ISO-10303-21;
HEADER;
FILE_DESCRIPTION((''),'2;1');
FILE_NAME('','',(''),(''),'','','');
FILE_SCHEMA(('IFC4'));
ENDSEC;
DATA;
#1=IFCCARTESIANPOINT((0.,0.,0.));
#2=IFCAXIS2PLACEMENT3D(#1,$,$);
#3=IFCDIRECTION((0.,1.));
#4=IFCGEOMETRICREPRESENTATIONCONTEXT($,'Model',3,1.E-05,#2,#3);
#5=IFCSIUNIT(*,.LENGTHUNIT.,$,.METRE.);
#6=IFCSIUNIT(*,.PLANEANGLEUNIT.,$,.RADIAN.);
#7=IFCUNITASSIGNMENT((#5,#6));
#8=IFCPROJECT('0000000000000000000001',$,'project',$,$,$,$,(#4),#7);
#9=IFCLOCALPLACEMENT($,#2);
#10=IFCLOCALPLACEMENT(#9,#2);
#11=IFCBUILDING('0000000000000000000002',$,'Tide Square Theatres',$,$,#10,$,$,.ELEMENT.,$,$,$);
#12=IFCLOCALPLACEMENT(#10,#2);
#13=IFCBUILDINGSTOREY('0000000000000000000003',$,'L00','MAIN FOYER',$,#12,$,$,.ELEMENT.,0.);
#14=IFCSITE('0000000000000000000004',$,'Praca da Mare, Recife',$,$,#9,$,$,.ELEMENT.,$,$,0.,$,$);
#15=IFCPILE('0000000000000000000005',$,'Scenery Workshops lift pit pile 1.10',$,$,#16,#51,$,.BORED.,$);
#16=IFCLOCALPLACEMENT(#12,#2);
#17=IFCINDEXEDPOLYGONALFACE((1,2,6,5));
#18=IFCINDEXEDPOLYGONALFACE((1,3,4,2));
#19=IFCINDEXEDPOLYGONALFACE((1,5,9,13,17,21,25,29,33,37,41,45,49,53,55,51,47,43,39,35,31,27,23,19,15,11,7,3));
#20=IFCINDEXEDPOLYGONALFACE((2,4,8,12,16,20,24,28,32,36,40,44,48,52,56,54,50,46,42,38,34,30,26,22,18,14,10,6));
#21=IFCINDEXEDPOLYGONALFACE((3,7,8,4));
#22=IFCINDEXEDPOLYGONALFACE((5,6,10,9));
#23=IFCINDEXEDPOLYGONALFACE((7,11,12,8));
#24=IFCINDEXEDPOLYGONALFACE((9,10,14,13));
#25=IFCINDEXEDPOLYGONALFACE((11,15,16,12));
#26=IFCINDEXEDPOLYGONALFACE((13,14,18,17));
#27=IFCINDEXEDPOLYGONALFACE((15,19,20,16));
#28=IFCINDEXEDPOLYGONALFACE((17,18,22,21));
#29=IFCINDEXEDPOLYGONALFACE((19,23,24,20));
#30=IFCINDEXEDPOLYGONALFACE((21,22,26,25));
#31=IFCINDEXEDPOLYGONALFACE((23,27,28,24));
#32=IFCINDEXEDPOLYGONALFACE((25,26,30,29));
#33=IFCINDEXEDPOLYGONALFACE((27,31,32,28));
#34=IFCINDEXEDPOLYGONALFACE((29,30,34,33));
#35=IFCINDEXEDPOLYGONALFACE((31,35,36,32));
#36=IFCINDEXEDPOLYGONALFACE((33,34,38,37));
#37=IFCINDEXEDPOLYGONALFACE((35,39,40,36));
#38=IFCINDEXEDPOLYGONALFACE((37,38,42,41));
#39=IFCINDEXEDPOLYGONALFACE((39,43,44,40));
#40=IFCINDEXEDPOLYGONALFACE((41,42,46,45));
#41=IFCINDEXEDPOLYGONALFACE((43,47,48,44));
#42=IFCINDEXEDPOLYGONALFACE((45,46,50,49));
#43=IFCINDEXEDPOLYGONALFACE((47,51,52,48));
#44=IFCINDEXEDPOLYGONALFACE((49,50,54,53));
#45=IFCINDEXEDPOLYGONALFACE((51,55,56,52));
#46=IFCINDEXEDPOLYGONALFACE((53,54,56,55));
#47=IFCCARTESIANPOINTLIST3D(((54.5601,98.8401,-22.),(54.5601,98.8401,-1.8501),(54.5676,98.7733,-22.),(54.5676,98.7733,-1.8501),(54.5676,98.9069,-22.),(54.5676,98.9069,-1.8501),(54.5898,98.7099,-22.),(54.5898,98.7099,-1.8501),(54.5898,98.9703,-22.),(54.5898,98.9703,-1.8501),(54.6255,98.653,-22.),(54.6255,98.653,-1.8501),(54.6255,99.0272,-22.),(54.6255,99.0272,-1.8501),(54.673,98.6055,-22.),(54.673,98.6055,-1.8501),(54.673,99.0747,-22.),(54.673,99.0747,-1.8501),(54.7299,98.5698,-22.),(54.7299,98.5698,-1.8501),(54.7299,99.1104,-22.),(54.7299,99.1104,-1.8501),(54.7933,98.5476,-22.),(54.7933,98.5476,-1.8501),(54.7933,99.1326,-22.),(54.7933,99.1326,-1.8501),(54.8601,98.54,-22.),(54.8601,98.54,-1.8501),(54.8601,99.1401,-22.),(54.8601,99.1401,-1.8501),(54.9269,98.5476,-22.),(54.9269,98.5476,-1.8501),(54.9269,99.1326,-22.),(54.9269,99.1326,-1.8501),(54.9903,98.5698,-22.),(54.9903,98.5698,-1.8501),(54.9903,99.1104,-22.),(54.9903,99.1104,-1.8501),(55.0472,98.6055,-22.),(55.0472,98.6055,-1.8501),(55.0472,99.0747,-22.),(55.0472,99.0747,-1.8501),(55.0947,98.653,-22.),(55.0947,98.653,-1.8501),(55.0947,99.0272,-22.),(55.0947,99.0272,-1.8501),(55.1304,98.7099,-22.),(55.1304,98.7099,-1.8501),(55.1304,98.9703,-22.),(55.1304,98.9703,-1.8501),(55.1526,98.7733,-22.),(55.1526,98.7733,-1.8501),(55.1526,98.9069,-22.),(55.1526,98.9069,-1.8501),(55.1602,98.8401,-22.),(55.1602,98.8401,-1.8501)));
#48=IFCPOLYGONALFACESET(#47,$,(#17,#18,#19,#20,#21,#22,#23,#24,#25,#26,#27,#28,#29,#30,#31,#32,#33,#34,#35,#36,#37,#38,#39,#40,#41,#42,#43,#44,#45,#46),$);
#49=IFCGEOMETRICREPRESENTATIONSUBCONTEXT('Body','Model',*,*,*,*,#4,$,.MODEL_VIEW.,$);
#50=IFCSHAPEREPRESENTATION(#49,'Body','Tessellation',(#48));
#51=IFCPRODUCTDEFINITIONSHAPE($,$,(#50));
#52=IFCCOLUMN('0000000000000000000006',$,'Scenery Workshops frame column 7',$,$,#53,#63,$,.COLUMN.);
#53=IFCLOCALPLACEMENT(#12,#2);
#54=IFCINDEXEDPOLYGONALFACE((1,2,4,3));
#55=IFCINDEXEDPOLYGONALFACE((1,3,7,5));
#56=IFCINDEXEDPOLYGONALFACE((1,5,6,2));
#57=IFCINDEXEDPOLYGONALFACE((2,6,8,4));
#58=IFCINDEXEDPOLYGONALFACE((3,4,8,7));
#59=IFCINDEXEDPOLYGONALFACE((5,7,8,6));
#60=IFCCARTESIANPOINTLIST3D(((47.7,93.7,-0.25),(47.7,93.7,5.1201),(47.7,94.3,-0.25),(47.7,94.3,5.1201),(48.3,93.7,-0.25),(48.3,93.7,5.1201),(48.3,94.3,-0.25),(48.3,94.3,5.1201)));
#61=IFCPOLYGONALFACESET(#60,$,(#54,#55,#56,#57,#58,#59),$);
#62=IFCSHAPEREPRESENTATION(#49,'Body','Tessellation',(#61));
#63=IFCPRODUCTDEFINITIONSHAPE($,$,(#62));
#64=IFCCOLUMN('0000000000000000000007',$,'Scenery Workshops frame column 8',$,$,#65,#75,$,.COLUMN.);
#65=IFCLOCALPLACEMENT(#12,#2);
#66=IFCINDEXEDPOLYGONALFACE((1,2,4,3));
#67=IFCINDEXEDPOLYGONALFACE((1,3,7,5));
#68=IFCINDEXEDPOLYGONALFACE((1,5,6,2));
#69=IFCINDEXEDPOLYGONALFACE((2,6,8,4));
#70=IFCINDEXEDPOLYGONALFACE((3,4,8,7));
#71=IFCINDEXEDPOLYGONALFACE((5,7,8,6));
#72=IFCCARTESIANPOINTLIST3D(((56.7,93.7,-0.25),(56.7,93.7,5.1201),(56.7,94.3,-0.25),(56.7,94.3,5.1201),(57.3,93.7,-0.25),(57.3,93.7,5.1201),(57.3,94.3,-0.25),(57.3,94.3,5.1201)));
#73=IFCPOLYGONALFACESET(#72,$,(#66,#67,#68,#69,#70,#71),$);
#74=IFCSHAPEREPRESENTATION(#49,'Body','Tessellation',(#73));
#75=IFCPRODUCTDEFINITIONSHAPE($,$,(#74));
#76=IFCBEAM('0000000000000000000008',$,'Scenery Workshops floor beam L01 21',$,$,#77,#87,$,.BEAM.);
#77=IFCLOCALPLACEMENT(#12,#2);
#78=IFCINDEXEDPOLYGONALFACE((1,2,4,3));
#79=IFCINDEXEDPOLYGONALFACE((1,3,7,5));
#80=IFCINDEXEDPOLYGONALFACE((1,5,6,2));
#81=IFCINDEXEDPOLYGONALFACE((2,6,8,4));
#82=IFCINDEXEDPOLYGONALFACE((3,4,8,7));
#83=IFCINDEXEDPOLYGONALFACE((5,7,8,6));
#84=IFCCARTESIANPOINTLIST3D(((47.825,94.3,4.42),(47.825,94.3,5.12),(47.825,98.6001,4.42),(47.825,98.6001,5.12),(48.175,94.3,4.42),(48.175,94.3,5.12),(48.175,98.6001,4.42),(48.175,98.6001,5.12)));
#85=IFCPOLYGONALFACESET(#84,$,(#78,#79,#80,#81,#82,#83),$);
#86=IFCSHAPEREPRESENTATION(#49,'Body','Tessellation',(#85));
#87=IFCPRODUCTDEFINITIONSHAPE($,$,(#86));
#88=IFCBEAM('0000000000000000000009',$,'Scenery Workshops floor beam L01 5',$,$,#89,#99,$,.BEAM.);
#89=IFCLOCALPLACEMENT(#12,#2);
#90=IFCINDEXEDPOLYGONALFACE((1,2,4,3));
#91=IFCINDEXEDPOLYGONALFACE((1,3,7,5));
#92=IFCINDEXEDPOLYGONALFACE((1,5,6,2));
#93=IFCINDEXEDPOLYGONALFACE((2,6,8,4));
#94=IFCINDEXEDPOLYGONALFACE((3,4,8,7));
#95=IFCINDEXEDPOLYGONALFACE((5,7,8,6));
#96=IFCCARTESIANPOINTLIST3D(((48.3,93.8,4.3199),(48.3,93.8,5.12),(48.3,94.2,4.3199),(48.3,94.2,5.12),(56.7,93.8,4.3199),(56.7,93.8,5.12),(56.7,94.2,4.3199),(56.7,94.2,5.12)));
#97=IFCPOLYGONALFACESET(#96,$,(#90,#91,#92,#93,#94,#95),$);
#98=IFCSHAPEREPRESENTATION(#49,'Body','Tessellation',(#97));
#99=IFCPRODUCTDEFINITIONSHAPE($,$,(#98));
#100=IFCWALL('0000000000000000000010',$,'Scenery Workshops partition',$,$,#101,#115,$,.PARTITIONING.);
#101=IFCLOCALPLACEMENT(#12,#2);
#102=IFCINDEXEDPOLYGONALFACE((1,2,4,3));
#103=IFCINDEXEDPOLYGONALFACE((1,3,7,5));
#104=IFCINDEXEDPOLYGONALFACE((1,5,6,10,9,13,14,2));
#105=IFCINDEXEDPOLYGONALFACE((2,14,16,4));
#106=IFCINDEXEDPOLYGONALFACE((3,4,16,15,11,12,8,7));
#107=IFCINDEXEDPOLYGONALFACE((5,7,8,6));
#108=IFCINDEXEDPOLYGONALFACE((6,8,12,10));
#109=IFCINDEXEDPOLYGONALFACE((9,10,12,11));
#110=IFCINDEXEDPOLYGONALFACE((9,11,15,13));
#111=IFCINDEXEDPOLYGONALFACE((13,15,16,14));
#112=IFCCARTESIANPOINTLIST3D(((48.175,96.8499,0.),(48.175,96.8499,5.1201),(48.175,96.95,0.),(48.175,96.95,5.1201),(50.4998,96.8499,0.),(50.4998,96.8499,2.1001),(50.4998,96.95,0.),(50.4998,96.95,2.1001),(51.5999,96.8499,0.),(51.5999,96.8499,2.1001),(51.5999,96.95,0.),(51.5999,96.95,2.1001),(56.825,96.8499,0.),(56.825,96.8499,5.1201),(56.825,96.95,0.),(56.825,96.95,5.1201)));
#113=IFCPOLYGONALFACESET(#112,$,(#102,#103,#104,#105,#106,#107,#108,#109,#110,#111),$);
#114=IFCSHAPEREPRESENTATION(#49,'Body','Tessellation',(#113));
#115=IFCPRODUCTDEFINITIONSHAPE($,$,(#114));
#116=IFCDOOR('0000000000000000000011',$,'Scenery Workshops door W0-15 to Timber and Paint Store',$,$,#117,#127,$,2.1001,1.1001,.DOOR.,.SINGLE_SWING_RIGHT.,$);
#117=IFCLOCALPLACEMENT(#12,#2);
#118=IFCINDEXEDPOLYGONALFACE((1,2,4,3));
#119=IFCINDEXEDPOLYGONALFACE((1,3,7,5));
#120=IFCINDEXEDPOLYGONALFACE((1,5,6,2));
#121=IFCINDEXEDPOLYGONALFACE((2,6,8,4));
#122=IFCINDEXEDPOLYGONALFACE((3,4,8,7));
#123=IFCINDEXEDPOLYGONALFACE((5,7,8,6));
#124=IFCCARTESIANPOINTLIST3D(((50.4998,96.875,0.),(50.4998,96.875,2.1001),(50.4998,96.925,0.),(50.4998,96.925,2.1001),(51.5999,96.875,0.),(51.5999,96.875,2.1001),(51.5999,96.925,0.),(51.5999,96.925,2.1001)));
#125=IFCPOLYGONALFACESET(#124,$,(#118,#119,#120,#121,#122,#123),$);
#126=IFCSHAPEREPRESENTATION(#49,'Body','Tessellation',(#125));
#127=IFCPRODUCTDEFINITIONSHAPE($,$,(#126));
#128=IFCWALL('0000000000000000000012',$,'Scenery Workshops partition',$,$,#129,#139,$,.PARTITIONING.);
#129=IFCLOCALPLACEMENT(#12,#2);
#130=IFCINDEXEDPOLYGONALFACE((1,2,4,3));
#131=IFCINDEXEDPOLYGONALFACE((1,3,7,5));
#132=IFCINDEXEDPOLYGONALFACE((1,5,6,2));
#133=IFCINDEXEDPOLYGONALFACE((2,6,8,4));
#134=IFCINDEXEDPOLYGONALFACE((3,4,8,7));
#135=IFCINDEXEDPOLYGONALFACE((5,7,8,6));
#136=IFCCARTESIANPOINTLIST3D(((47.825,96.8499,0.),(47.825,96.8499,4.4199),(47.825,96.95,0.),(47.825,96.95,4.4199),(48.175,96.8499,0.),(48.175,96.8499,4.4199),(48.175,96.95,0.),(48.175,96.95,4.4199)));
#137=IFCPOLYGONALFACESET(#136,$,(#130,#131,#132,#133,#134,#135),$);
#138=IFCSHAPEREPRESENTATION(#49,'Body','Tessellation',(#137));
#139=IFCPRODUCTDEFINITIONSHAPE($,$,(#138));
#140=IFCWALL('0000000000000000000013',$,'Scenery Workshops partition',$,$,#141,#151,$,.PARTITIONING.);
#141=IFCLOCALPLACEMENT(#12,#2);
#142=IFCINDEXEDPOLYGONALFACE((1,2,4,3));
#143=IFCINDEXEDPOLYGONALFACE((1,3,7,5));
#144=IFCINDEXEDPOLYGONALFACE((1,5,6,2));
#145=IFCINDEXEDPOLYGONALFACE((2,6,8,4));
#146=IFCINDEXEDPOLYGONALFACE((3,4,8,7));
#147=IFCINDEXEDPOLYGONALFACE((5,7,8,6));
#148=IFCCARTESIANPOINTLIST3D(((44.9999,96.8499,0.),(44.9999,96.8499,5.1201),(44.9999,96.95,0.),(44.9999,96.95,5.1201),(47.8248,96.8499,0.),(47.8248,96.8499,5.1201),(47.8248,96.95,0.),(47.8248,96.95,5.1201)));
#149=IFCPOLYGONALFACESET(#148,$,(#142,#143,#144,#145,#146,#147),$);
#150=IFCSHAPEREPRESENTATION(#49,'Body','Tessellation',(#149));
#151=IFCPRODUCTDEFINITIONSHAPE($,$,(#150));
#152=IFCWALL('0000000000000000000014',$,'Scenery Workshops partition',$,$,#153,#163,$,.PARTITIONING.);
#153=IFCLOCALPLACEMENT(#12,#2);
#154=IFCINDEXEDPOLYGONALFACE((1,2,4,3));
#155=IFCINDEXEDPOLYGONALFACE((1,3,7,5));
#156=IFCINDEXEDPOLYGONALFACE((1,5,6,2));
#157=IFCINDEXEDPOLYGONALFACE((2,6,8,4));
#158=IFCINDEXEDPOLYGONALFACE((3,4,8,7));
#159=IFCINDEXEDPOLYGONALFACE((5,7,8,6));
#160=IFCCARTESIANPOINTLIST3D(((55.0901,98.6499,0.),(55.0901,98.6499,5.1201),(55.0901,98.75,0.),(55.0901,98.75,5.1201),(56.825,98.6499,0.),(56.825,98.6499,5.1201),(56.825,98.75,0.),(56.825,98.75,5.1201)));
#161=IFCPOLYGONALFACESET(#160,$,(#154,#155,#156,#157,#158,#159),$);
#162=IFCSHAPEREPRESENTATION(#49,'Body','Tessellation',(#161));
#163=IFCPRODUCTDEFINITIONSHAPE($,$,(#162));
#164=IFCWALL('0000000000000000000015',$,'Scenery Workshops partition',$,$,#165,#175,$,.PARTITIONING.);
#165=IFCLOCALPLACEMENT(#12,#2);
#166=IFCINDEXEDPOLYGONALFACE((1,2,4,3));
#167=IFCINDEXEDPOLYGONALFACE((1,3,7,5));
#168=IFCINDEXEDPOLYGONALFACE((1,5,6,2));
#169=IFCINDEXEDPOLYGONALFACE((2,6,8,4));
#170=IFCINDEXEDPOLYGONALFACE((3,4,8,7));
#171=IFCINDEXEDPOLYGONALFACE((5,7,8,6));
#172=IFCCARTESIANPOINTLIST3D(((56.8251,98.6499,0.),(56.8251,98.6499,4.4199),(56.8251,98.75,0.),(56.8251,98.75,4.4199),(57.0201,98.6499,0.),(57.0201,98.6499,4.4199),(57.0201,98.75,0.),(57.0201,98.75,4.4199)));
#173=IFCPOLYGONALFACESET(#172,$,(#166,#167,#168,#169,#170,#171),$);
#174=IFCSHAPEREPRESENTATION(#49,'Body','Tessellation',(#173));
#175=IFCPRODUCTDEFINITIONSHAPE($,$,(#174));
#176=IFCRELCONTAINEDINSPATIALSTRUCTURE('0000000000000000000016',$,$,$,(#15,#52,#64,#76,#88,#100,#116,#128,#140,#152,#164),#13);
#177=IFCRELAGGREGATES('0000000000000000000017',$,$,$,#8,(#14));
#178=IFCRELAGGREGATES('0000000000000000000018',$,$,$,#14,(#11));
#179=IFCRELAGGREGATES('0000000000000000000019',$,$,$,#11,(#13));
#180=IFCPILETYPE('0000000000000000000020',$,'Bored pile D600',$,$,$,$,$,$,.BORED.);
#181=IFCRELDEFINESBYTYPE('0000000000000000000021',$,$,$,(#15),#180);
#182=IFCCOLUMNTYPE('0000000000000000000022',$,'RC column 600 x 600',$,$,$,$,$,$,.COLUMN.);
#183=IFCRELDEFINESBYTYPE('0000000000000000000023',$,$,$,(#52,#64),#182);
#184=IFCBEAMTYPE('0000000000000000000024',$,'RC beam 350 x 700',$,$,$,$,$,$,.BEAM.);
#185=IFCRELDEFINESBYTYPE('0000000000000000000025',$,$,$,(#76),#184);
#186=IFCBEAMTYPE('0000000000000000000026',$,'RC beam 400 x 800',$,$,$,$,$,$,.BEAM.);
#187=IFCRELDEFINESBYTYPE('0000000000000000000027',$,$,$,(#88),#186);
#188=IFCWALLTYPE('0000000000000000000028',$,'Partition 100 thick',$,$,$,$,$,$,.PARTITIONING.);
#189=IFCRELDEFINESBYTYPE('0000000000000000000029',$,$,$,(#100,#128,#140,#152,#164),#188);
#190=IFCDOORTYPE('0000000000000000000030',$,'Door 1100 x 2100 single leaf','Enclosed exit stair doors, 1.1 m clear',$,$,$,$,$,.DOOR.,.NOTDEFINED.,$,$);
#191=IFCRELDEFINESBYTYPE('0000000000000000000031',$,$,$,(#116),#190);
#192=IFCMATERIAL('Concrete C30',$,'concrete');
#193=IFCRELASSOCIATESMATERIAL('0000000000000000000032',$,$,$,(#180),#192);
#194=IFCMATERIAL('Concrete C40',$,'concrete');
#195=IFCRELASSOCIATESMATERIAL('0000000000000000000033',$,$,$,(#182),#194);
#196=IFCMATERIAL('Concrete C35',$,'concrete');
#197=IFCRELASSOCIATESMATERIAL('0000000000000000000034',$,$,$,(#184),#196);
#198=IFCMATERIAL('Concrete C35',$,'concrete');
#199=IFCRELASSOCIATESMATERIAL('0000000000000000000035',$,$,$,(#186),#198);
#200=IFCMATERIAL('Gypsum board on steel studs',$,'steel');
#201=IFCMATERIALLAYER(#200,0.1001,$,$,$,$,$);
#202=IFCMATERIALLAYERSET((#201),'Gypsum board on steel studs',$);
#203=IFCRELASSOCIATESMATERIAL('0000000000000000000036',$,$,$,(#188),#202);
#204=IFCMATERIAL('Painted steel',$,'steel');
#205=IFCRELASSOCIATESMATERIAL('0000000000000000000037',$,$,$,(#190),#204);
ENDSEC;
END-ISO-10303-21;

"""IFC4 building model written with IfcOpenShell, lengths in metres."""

from ifc_helpers import new_model, si_unit, direction, frame, frame_2d, origin, origin_2d, place, context, subcontext, project, spatial, rectangle, circle, extrude, material, layer, layer_set, material_profile, profile_set, type_object, element, fill, save


model = new_model("IFC4")

# Units and contexts
model_context = context("Model", 3, precision=1e-05, world=origin(), true_north=direction((0.0, 1.0)))
body_context = subcontext(model_context, "Body", "Model", "MODEL_VIEW")
ifc_project = project(units=[si_unit("LENGTHUNIT", "METRE"), si_unit("PLANEANGLEUNIT", "RADIAN")], contexts=[model_context])

# Site, building, storey
site_placement = place(None, origin())
site = spatial("IfcSite", under=ifc_project, at=site_placement, Name="Praca da Mare, Recife", CompositionType="ELEMENT", RefElevation=0.0)
building_placement = place(site_placement, origin())
building = spatial("IfcBuilding", under=site, at=building_placement, Name="Tide Square Theatres", CompositionType="ELEMENT")
storey_placement = place(building_placement, origin())
storey = spatial("IfcBuildingStorey", under=building, at=storey_placement, Name="L00", Description="MAIN FOYER", CompositionType="ELEMENT", Elevation=0.0)

# Pile
ifc_material_1 = material(Name="Concrete C30", Category="concrete")
ifc_material_profile_1 = material_profile(ifc_material_1, circle(Radius=0.3, at=origin_2d()))
ifc_profile_set_1 = profile_set([ifc_material_profile_1], Name="Concrete C30")
pile_type = type_object("IfcPileType", Name="Bored pile D600", PredefinedType="BORED", material=ifc_profile_set_1)
for number, where, z_axis, x_axis, name in (
    (1, (54.8601, 98.8401, -1.8501), (0.0, 0.0, -1.0), (1.0, 0.0, 0.0), "Scenery Workshops lift pit pile 1.10"),
):
    element("IfcPile", number, at=place(storey_placement, frame(where, z_axis=z_axis, x_axis=x_axis)), inside=storey, type_object=pile_type, Name=name, PredefinedType="BORED", context=body_context, shape_type="SweptSolid", body=[
        extrude(circle(Radius=0.3, at=origin_2d()), origin(), (0.0, 0.0, 1.0), 20.1499),
    ])

# Columns
ifc_material_2 = material(Name="Concrete C40", Category="concrete")
ifc_material_profile_2 = material_profile(ifc_material_2, rectangle(XDim=0.6001, YDim=0.6001, at=origin_2d()))
ifc_profile_set_2 = profile_set([ifc_material_profile_2], Name="Concrete C40")
column_type = type_object("IfcColumnType", Name="RC column 600 x 600", PredefinedType="COLUMN", material=ifc_profile_set_2)
for number, where, z_axis, x_axis, name in (
    (2, (48.0, 94.0, -0.25), (0.0, 0.0, 1.0), (1.0, 0.0, 0.0), "Scenery Workshops frame column 7"),
    (3, (57.0, 94.0, -0.25), (0.0, 0.0, 1.0), (1.0, 0.0, 0.0), "Scenery Workshops frame column 8"),
):
    element("IfcColumn", number, at=place(storey_placement, frame(where, z_axis=z_axis, x_axis=x_axis)), inside=storey, type_object=column_type, Name=name, PredefinedType="COLUMN", context=body_context, shape_type="SweptSolid", body=[
        extrude(rectangle(XDim=0.6001, YDim=0.6001, at=origin_2d()), origin(), (0.0, 0.0, 1.0), 5.3701),
    ])

# Beams
ifc_material_3 = material(Name="Concrete C35", Category="concrete")
ifc_material_profile_3 = material_profile(ifc_material_3, rectangle(XDim=0.3501, YDim=0.7, at=origin_2d()))
ifc_profile_set_3 = profile_set([ifc_material_profile_3], Name="Concrete C35")
beam_type_1 = type_object("IfcBeamType", Name="RC beam 350 x 700", PredefinedType="BEAM", material=ifc_profile_set_3)
beam_1_placement = place(storey_placement, frame((48.0, 94.3, 4.77), z_axis=(0.0, 1.0, 0.0), x_axis=(-1.0, 0.0, 0.0)))
element("IfcBeam", 4, at=beam_1_placement, inside=storey, type_object=beam_type_1, Name="Scenery Workshops floor beam L01 21", PredefinedType="BEAM", context=body_context, shape_type="SweptSolid", body=[
    extrude(rectangle(XDim=0.3501, YDim=0.7, at=origin_2d()), origin(), (0.0, 0.0, 1.0), 4.3),
])
ifc_material_4 = material(Name="Concrete C35", Category="concrete")
ifc_material_profile_4 = material_profile(ifc_material_4, rectangle(XDim=0.3999, YDim=0.8, at=origin_2d()))
ifc_profile_set_4 = profile_set([ifc_material_profile_4], Name="Concrete C35")
beam_type_2 = type_object("IfcBeamType", Name="RC beam 400 x 800", PredefinedType="BEAM", material=ifc_profile_set_4)
beam_2_placement = place(storey_placement, frame((48.3, 94.0, 4.72), z_axis=(1.0, 0.0, 0.0), x_axis=(0.0, 1.0, 0.0)))
element("IfcBeam", 5, at=beam_2_placement, inside=storey, type_object=beam_type_2, Name="Scenery Workshops floor beam L01 5", PredefinedType="BEAM", context=body_context, shape_type="SweptSolid", body=[
    extrude(rectangle(XDim=0.3999, YDim=0.8, at=origin_2d()), origin(), (0.0, 0.0, 1.0), 8.3999),
])

# Wall, opening, door
ifc_material_5 = material(Name="Gypsum board on steel studs", Category="steel")
ifc_layer_1 = layer(ifc_material_5, 0.1001)
ifc_layer_set_1 = layer_set([ifc_layer_1], Name="Gypsum board on steel studs")
wall_type_1 = type_object("IfcWallType", Name="Partition 100 thick", PredefinedType="PARTITIONING", material=ifc_layer_set_1)
wall_1_placement = place(storey_placement, frame((56.825, 96.8999, 0.0), z_axis=(0.0, 0.0, 1.0), x_axis=(-1.0, 0.0, 0.0)))
wall_1 = element("IfcWall", 6, at=wall_1_placement, inside=storey, type_object=wall_type_1, Name="Scenery Workshops partition", PredefinedType="PARTITIONING", context=body_context, shape_type="SweptSolid", body=[
    extrude(rectangle(XDim=8.6499, YDim=0.1001, at=frame_2d((4.325, 0.0))), origin(), (0.0, 0.0, 1.0), 5.1201),
])
opening_1_placement = place(wall_1_placement, frame((5.2251, 0.0, 0.0)))
opening_1 = element("IfcOpeningElement", 7, at=opening_1_placement, cuts=wall_1, PredefinedType="OPENING", context=body_context, shape_type="SweptSolid", body=[
    extrude(rectangle(XDim=1.1001, YDim=2.1001, at=frame_2d((0.55, 1.05))), frame((0.0, 0.0601, 0.0), z_axis=(0.0, -1.0, 0.0), x_axis=(1.0, 0.0, 0.0)), (0.0, 0.0, 1.0), 0.1201),
])
ifc_material_6 = material(Name="Painted steel", Category="steel")
door_type_1 = type_object("IfcDoorType", Name="Door 1100 x 2100 single leaf", Description="Enclosed exit stair doors, 1.1 m clear", OperationType="NOTDEFINED", PredefinedType="DOOR", material=ifc_material_6)
door_1_placement = place(opening_1_placement, origin())
door_1 = element("IfcDoor", 8, at=door_1_placement, inside=storey, type_object=door_type_1, Name="Scenery Workshops door W0-15 to Timber and Paint Store", OperationType="SINGLE_SWING_RIGHT", OverallHeight=2.1001, OverallWidth=1.1001, PredefinedType="DOOR", context=body_context, shape_type="SweptSolid", body=[
    extrude(rectangle(XDim=1.1001, YDim=2.1001, at=frame_2d((0.55, 1.05))), frame((0.0, 0.0249, 0.0), z_axis=(0.0, -1.0, 0.0), x_axis=(1.0, 0.0, 0.0)), (0.0, 0.0, 1.0), 0.05),
])
fill(opening_1, door_1)

# Walls
wall_2_placement = place(storey_placement, frame((48.175, 96.8999, 0.0), z_axis=(0.0, 0.0, 1.0), x_axis=(-1.0, 0.0, 0.0)))
element("IfcWall", 9, at=wall_2_placement, inside=storey, type_object=wall_type_1, Name="Scenery Workshops partition", PredefinedType="PARTITIONING", context=body_context, shape_type="SweptSolid", body=[
    extrude(rectangle(XDim=0.3501, YDim=0.1001, at=frame_2d((0.175, 0.0))), origin(), (0.0, 0.0, 1.0), 4.4199),
])
wall_3_placement = place(storey_placement, frame((47.825, 96.8999, 0.0), z_axis=(0.0, 0.0, 1.0), x_axis=(-1.0, 0.0, 0.0)))
element("IfcWall", 10, at=wall_3_placement, inside=storey, type_object=wall_type_1, Name="Scenery Workshops partition", PredefinedType="PARTITIONING", context=body_context, shape_type="SweptSolid", body=[
    extrude(rectangle(XDim=2.825, YDim=0.1001, at=frame_2d((1.4126, 0.0))), origin(), (0.0, 0.0, 1.0), 5.1201),
])
wall_4_placement = place(storey_placement, frame((55.0901, 98.7, 0.0), z_axis=(0.0, 0.0, 1.0), x_axis=(1.0, 0.0, 0.0)))
element("IfcWall", 11, at=wall_4_placement, inside=storey, type_object=wall_type_1, Name="Scenery Workshops partition", PredefinedType="PARTITIONING", context=body_context, shape_type="SweptSolid", body=[
    extrude(rectangle(XDim=1.7349, YDim=0.1001, at=frame_2d((0.8674, 0.0))), origin(), (0.0, 0.0, 1.0), 5.1201),
])
wall_5_placement = place(storey_placement, frame((56.825, 98.7, 0.0), z_axis=(0.0, 0.0, 1.0), x_axis=(1.0, 0.0, 0.0)))
element("IfcWall", 12, at=wall_5_placement, inside=storey, type_object=wall_type_1, Name="Scenery Workshops partition", PredefinedType="PARTITIONING", context=body_context, shape_type="SweptSolid", body=[
    extrude(rectangle(XDim=0.1951, YDim=0.1001, at=frame_2d((0.0977, 0.0))), origin(), (0.0, 0.0, 1.0), 4.4199),
])

save(model, "model.ifc")
